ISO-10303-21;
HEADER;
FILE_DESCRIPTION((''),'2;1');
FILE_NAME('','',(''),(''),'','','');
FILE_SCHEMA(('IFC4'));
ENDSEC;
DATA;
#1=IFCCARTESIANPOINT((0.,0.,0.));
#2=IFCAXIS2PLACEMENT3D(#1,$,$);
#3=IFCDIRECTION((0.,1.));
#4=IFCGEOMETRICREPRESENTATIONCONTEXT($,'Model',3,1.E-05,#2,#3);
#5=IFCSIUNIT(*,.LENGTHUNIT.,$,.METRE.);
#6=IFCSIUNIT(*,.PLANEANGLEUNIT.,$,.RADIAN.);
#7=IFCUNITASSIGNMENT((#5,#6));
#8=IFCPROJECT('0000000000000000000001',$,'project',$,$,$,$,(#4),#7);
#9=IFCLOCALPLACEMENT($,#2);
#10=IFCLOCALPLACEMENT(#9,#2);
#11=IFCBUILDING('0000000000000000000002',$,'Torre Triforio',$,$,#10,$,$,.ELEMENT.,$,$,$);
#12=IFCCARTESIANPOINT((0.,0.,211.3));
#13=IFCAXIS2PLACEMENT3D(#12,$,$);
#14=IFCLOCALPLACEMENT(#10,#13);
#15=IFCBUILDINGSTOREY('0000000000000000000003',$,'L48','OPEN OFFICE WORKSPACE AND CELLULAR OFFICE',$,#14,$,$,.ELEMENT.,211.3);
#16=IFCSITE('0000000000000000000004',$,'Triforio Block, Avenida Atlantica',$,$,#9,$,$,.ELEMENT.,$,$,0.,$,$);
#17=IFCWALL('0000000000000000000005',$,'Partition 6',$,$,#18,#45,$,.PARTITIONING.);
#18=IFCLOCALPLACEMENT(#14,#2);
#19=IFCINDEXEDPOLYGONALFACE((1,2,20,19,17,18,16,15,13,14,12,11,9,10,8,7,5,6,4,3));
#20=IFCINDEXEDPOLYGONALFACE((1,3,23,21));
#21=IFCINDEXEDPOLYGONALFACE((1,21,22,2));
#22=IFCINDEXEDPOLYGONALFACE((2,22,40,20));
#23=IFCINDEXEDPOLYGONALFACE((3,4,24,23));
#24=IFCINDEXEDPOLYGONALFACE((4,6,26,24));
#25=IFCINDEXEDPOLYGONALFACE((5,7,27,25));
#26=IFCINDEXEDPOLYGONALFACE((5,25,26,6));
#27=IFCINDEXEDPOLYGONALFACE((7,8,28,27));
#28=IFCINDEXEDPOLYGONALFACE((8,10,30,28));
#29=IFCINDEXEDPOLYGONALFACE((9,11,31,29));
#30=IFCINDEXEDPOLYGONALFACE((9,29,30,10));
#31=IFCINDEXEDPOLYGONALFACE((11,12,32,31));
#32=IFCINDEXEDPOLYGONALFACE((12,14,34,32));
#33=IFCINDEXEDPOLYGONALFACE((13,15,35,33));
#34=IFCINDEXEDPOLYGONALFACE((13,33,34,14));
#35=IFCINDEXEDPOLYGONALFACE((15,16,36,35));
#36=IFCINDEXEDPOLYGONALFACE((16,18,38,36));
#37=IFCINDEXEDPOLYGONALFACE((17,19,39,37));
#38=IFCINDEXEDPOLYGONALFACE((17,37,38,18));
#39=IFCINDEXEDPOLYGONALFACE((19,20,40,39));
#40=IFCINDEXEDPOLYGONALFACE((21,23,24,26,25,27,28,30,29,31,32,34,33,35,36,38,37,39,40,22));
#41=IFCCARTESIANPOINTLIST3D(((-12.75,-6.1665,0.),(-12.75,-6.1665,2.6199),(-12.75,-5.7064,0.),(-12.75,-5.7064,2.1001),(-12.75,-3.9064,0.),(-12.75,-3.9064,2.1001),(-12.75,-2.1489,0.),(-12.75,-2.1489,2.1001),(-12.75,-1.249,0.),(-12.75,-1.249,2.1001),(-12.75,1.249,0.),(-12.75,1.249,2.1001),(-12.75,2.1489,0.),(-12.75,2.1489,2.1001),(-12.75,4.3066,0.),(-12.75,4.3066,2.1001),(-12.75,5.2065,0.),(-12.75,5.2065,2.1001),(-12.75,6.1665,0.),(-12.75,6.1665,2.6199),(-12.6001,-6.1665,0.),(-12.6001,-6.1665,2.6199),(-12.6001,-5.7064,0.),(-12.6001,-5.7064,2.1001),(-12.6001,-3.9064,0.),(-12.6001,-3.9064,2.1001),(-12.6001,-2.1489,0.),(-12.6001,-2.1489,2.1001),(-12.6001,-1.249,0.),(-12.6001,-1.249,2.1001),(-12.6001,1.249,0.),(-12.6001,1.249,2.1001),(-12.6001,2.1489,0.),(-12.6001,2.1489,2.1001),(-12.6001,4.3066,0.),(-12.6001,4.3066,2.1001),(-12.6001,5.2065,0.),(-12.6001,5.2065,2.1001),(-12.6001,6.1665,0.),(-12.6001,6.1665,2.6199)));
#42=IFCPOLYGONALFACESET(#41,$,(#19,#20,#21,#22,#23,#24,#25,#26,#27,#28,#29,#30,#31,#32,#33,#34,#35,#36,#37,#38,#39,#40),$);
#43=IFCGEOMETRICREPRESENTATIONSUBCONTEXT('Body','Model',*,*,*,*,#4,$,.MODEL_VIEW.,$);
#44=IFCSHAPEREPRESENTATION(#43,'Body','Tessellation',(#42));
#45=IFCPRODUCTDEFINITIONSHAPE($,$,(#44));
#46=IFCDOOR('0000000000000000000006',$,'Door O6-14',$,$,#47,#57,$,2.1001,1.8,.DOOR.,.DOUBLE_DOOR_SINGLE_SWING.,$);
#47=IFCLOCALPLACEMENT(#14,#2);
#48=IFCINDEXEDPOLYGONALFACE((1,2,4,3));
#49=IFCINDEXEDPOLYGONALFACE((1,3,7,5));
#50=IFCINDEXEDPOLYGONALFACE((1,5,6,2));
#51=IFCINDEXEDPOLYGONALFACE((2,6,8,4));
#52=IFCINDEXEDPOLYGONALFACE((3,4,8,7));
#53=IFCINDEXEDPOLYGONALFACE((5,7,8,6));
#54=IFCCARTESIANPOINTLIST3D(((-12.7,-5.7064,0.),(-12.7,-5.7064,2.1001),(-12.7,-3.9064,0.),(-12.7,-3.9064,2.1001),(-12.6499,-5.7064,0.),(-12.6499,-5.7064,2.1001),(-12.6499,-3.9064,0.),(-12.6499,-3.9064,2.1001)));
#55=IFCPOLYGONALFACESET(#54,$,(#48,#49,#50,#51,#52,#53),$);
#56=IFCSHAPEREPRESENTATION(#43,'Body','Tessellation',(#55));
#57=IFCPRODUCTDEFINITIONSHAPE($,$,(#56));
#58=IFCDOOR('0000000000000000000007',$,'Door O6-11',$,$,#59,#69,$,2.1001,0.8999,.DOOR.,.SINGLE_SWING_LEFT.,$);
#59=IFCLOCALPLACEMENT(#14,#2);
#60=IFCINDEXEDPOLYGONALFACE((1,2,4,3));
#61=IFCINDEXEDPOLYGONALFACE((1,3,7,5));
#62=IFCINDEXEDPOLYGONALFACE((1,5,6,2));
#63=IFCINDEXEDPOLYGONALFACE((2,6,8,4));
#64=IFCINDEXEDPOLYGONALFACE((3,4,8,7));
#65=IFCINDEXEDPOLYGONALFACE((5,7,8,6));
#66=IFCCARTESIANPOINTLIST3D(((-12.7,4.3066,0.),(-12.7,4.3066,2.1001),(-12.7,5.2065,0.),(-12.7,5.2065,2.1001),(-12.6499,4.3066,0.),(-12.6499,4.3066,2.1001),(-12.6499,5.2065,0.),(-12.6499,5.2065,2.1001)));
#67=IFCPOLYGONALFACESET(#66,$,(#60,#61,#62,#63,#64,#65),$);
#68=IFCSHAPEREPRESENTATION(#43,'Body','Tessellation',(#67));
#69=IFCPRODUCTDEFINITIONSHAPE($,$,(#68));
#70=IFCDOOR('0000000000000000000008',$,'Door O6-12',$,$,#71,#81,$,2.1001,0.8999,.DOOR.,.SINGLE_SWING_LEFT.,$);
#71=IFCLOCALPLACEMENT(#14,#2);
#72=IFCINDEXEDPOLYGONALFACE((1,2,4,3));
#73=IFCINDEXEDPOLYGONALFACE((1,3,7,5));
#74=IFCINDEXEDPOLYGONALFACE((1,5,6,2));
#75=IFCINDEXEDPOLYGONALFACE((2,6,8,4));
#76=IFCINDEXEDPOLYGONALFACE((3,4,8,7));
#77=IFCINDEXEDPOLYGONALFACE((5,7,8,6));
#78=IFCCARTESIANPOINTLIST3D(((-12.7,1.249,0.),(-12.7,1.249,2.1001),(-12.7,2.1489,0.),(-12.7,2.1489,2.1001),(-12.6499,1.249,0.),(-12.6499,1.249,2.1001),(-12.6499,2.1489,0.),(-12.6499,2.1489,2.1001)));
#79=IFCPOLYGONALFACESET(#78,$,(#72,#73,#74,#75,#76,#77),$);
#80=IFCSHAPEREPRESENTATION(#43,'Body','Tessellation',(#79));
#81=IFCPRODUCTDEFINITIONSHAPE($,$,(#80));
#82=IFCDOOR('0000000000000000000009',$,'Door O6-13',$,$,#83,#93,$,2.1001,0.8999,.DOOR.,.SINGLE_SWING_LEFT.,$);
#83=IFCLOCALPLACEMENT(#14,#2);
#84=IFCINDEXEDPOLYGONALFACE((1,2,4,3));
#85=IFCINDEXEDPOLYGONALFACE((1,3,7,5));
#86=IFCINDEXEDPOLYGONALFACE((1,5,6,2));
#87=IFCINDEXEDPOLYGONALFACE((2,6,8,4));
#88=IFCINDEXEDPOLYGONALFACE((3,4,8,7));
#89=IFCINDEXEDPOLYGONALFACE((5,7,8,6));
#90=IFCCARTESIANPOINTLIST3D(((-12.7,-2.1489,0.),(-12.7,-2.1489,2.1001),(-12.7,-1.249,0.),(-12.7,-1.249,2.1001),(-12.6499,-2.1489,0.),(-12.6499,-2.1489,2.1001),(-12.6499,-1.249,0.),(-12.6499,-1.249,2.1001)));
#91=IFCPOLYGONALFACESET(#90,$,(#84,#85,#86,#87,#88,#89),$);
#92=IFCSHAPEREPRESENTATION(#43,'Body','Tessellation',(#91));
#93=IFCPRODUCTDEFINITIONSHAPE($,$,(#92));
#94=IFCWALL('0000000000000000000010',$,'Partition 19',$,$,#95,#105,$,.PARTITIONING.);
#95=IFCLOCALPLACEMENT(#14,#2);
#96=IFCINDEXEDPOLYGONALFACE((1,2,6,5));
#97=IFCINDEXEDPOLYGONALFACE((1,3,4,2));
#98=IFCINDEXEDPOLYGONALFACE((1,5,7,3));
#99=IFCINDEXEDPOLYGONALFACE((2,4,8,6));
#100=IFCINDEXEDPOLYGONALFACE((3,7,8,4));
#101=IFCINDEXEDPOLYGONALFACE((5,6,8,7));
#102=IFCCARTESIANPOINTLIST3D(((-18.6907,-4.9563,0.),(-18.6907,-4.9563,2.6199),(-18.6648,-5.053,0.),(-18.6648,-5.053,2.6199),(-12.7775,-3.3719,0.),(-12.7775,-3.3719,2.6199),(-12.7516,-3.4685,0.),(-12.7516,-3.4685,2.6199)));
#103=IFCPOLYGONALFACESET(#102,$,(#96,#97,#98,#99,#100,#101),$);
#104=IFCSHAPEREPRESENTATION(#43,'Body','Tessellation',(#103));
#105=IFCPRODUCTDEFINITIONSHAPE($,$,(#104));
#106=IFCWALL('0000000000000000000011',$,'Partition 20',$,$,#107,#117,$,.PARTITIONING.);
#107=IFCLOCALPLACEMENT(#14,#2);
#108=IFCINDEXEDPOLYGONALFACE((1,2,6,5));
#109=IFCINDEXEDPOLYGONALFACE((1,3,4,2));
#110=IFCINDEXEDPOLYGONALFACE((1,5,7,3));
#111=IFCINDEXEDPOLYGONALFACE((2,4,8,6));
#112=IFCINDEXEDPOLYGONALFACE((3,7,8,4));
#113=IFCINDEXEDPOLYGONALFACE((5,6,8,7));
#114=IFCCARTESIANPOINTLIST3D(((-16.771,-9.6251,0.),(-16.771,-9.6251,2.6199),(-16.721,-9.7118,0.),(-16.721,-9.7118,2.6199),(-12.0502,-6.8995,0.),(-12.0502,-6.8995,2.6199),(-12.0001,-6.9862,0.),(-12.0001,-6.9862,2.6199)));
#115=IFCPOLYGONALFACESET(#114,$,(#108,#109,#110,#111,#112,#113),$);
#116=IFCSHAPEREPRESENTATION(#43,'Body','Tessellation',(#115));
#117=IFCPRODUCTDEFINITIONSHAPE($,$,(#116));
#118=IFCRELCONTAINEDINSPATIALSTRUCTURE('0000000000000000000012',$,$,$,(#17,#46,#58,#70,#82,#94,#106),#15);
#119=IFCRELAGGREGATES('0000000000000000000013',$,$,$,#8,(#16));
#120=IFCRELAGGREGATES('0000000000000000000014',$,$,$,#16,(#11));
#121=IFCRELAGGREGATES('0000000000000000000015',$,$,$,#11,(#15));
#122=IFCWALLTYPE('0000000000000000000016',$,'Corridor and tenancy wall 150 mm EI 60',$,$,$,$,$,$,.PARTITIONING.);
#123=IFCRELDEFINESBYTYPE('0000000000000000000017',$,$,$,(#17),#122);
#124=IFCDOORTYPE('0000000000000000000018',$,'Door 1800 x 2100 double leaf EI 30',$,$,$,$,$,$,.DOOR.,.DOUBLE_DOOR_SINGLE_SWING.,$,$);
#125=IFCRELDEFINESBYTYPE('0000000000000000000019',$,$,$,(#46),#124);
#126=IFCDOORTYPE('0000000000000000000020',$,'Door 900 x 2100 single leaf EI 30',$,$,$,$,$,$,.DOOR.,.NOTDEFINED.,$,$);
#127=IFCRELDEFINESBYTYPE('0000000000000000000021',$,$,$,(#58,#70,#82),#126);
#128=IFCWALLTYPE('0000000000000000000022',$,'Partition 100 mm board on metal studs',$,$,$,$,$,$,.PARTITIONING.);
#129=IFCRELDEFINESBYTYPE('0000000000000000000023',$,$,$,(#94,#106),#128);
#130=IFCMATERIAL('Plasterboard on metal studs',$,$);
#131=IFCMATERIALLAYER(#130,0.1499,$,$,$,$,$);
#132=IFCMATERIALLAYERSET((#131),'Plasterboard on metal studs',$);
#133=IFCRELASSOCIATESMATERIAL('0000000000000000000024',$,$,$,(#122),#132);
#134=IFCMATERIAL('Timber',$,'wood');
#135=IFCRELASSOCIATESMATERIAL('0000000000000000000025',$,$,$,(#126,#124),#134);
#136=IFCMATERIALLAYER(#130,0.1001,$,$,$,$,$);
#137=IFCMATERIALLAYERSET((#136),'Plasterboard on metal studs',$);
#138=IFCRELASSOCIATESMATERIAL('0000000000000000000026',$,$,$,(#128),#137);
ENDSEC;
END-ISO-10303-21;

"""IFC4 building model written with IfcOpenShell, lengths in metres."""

from ifc_helpers import new_model, si_unit, direction, frame, frame_2d, origin, place, context, subcontext, project, spatial, rectangle, extrude, material, layer, layer_set, type_object, element, fill, save


model = new_model("IFC4")

# Units and contexts
model_context = context("Model", 3, precision=1e-05, world=origin(), true_north=direction((0.0, 1.0)))
body_context = subcontext(model_context, "Body", "Model", "MODEL_VIEW")
ifc_project = project(units=[si_unit("LENGTHUNIT", "METRE"), si_unit("PLANEANGLEUNIT", "RADIAN")], contexts=[model_context])

# Site, building, storey
site_placement = place(None, origin())
site = spatial("IfcSite", under=ifc_project, at=site_placement, Name="Triforio Block, Avenida Atlantica", CompositionType="ELEMENT", RefElevation=0.0)
building_placement = place(site_placement, origin())
building = spatial("IfcBuilding", under=site, at=building_placement, Name="Torre Triforio", CompositionType="ELEMENT")
storey_placement = place(building_placement, frame((0.0, 0.0, 211.3)))
storey = spatial("IfcBuildingStorey", under=building, at=storey_placement, Name="L48", Description="OPEN OFFICE WORKSPACE AND CELLULAR OFFICE", CompositionType="ELEMENT", Elevation=211.3)

# Shared definitions
ifc_material_1 = material(Name="Plasterboard on metal studs")
ifc_layer_1 = layer(ifc_material_1, 0.1499)
ifc_layer_set_1 = layer_set([ifc_layer_1], Name="Plasterboard on metal studs")
wall_type_1 = type_object("IfcWallType", Name="Corridor and tenancy wall 150 mm EI 60", PredefinedType="PARTITIONING", material=ifc_layer_set_1)
ifc_material_2 = material(Name="Timber", Category="wood")
door_type_1 = type_object("IfcDoorType", Name="Door 900 x 2100 single leaf EI 30", OperationType="NOTDEFINED", PredefinedType="DOOR", material=ifc_material_2)

# Wall, openings, doors
wall_1_placement = place(storey_placement, frame((-12.675, -6.1665, 0.0), z_axis=(0.0, 0.0, 1.0), x_axis=(0.0, 1.0, 0.0)))
wall_1 = element("IfcWall", 1, at=wall_1_placement, inside=storey, type_object=wall_type_1, Name="Partition 6", PredefinedType="PARTITIONING", context=body_context, shape_type="SweptSolid", body=[
    extrude(rectangle(XDim=12.333, YDim=0.1499, at=frame_2d((6.1665, 0.0))), origin(), (0.0, 0.0, 1.0), 2.6199),
])
opening_1_placement = place(wall_1_placement, frame((10.4731, 0.0, 0.0)))
opening_1 = element("IfcOpeningElement", 2, at=opening_1_placement, cuts=wall_1, PredefinedType="OPENING", context=body_context, shape_type="SweptSolid", body=[
    extrude(rectangle(XDim=0.8999, YDim=2.1001, at=frame_2d((0.45, 1.05))), frame((0.0, 0.085, 0.0), z_axis=(0.0, -1.0, 0.0), x_axis=(1.0, 0.0, 0.0)), (0.0, 0.0, 1.0), 0.1699),
])
opening_2_placement = place(wall_1_placement, frame((7.4155, 0.0, 0.0)))
opening_2 = element("IfcOpeningElement", 3, at=opening_2_placement, cuts=wall_1, PredefinedType="OPENING", context=body_context, shape_type="SweptSolid", body=[
    extrude(rectangle(XDim=0.8999, YDim=2.1001, at=frame_2d((0.45, 1.05))), frame((0.0, 0.085, 0.0), z_axis=(0.0, -1.0, 0.0), x_axis=(1.0, 0.0, 0.0)), (0.0, 0.0, 1.0), 0.1699),
])
opening_3_placement = place(wall_1_placement, frame((4.0176, 0.0, 0.0)))
opening_3 = element("IfcOpeningElement", 4, at=opening_3_placement, cuts=wall_1, PredefinedType="OPENING", context=body_context, shape_type="SweptSolid", body=[
    extrude(rectangle(XDim=0.8999, YDim=2.1001, at=frame_2d((0.45, 1.05))), frame((0.0, 0.085, 0.0), z_axis=(0.0, -1.0, 0.0), x_axis=(1.0, 0.0, 0.0)), (0.0, 0.0, 1.0), 0.1699),
])
opening_4_placement = place(wall_1_placement, frame((0.4602, 0.0, 0.0)))
opening_4 = element("IfcOpeningElement", 5, at=opening_4_placement, cuts=wall_1, PredefinedType="OPENING", context=body_context, shape_type="SweptSolid", body=[
    extrude(rectangle(XDim=1.8, YDim=2.1001, at=frame_2d((0.8999, 1.05))), frame((0.0, 0.085, 0.0), z_axis=(0.0, -1.0, 0.0), x_axis=(1.0, 0.0, 0.0)), (0.0, 0.0, 1.0), 0.1699),
])
door_type_2 = type_object("IfcDoorType", Name="Door 1800 x 2100 double leaf EI 30", OperationType="DOUBLE_DOOR_SINGLE_SWING", PredefinedType="DOOR", material=ifc_material_2)
door_1_placement = place(opening_4_placement, origin())
door_1 = element("IfcDoor", 6, at=door_1_placement, inside=storey, type_object=door_type_2, Name="Door O6-14", OperationType="DOUBLE_DOOR_SINGLE_SWING", OverallHeight=2.1001, OverallWidth=1.8, PredefinedType="DOOR", context=body_context, shape_type="SweptSolid", body=[
    extrude(rectangle(XDim=1.8, YDim=2.1001, at=frame_2d((0.8999, 1.05))), frame((0.0, 0.0249, 0.0), z_axis=(0.0, -1.0, 0.0), x_axis=(1.0, 0.0, 0.0)), (0.0, 0.0, 1.0), 0.05),
])
fill(opening_4, door_1)
door_2_placement = place(opening_1_placement, origin())
door_2 = element("IfcDoor", 7, at=door_2_placement, inside=storey, type_object=door_type_1, Name="Door O6-11", OperationType="SINGLE_SWING_LEFT", OverallHeight=2.1001, OverallWidth=0.8999, PredefinedType="DOOR", context=body_context, shape_type="SweptSolid", body=[
    extrude(rectangle(XDim=0.8999, YDim=2.1001, at=frame_2d((0.45, 1.05))), frame((0.0, 0.0249, 0.0), z_axis=(0.0, -1.0, 0.0), x_axis=(1.0, 0.0, 0.0)), (0.0, 0.0, 1.0), 0.05),
])
fill(opening_1, door_2)
door_3_placement = place(opening_2_placement, origin())
door_3 = element("IfcDoor", 8, at=door_3_placement, inside=storey, type_object=door_type_1, Name="Door O6-12", OperationType="SINGLE_SWING_LEFT", OverallHeight=2.1001, OverallWidth=0.8999, PredefinedType="DOOR", context=body_context, shape_type="SweptSolid", body=[
    extrude(rectangle(XDim=0.8999, YDim=2.1001, at=frame_2d((0.45, 1.05))), frame((0.0, 0.0249, 0.0), z_axis=(0.0, -1.0, 0.0), x_axis=(1.0, 0.0, 0.0)), (0.0, 0.0, 1.0), 0.05),
])
fill(opening_2, door_3)
door_4_placement = place(opening_3_placement, origin())
door_4 = element("IfcDoor", 9, at=door_4_placement, inside=storey, type_object=door_type_1, Name="Door O6-13", OperationType="SINGLE_SWING_LEFT", OverallHeight=2.1001, OverallWidth=0.8999, PredefinedType="DOOR", context=body_context, shape_type="SweptSolid", body=[
    extrude(rectangle(XDim=0.8999, YDim=2.1001, at=frame_2d((0.45, 1.05))), frame((0.0, 0.0249, 0.0), z_axis=(0.0, -1.0, 0.0), x_axis=(1.0, 0.0, 0.0)), (0.0, 0.0, 1.0), 0.05),
])
fill(opening_3, door_4)

# Walls
ifc_layer_2 = layer(ifc_material_1, 0.1001)
ifc_layer_set_2 = layer_set([ifc_layer_2], Name="Plasterboard on metal studs")
wall_type_2 = type_object("IfcWallType", Name="Partition 100 mm board on metal studs", PredefinedType="PARTITIONING", material=ifc_layer_set_2)
wall_2_placement = place(storey_placement, frame((-12.7644, -3.4202, 0.0), z_axis=(0.0, 0.0, 1.0), x_axis=(-0.965926, -0.258819, 0.0)))
element("IfcWall", 10, at=wall_2_placement, inside=storey, type_object=wall_type_2, Name="Partition 19", PredefinedType="PARTITIONING", context=body_context, shape_type="SweptSolid", body=[
    extrude(rectangle(XDim=6.1218, YDim=0.1001, at=frame_2d((3.061, 0.0))), origin(), (0.0, 0.0, 1.0), 2.6199),
])
wall_3_placement = place(storey_placement, frame((-12.0251, -6.9429, 0.0), z_axis=(0.0, 0.0, 1.0), x_axis=(-0.86603, -0.499993, 0.0)))
element("IfcWall", 11, at=wall_3_placement, inside=storey, type_object=wall_type_2, Name="Partition 20", PredefinedType="PARTITIONING", context=body_context, shape_type="SweptSolid", body=[
    extrude(rectangle(XDim=5.4512, YDim=0.1001, at=frame_2d((2.7256, 0.0))), origin(), (0.0, 0.0, 1.0), 2.6199),
])

save(model, "model.ifc")
